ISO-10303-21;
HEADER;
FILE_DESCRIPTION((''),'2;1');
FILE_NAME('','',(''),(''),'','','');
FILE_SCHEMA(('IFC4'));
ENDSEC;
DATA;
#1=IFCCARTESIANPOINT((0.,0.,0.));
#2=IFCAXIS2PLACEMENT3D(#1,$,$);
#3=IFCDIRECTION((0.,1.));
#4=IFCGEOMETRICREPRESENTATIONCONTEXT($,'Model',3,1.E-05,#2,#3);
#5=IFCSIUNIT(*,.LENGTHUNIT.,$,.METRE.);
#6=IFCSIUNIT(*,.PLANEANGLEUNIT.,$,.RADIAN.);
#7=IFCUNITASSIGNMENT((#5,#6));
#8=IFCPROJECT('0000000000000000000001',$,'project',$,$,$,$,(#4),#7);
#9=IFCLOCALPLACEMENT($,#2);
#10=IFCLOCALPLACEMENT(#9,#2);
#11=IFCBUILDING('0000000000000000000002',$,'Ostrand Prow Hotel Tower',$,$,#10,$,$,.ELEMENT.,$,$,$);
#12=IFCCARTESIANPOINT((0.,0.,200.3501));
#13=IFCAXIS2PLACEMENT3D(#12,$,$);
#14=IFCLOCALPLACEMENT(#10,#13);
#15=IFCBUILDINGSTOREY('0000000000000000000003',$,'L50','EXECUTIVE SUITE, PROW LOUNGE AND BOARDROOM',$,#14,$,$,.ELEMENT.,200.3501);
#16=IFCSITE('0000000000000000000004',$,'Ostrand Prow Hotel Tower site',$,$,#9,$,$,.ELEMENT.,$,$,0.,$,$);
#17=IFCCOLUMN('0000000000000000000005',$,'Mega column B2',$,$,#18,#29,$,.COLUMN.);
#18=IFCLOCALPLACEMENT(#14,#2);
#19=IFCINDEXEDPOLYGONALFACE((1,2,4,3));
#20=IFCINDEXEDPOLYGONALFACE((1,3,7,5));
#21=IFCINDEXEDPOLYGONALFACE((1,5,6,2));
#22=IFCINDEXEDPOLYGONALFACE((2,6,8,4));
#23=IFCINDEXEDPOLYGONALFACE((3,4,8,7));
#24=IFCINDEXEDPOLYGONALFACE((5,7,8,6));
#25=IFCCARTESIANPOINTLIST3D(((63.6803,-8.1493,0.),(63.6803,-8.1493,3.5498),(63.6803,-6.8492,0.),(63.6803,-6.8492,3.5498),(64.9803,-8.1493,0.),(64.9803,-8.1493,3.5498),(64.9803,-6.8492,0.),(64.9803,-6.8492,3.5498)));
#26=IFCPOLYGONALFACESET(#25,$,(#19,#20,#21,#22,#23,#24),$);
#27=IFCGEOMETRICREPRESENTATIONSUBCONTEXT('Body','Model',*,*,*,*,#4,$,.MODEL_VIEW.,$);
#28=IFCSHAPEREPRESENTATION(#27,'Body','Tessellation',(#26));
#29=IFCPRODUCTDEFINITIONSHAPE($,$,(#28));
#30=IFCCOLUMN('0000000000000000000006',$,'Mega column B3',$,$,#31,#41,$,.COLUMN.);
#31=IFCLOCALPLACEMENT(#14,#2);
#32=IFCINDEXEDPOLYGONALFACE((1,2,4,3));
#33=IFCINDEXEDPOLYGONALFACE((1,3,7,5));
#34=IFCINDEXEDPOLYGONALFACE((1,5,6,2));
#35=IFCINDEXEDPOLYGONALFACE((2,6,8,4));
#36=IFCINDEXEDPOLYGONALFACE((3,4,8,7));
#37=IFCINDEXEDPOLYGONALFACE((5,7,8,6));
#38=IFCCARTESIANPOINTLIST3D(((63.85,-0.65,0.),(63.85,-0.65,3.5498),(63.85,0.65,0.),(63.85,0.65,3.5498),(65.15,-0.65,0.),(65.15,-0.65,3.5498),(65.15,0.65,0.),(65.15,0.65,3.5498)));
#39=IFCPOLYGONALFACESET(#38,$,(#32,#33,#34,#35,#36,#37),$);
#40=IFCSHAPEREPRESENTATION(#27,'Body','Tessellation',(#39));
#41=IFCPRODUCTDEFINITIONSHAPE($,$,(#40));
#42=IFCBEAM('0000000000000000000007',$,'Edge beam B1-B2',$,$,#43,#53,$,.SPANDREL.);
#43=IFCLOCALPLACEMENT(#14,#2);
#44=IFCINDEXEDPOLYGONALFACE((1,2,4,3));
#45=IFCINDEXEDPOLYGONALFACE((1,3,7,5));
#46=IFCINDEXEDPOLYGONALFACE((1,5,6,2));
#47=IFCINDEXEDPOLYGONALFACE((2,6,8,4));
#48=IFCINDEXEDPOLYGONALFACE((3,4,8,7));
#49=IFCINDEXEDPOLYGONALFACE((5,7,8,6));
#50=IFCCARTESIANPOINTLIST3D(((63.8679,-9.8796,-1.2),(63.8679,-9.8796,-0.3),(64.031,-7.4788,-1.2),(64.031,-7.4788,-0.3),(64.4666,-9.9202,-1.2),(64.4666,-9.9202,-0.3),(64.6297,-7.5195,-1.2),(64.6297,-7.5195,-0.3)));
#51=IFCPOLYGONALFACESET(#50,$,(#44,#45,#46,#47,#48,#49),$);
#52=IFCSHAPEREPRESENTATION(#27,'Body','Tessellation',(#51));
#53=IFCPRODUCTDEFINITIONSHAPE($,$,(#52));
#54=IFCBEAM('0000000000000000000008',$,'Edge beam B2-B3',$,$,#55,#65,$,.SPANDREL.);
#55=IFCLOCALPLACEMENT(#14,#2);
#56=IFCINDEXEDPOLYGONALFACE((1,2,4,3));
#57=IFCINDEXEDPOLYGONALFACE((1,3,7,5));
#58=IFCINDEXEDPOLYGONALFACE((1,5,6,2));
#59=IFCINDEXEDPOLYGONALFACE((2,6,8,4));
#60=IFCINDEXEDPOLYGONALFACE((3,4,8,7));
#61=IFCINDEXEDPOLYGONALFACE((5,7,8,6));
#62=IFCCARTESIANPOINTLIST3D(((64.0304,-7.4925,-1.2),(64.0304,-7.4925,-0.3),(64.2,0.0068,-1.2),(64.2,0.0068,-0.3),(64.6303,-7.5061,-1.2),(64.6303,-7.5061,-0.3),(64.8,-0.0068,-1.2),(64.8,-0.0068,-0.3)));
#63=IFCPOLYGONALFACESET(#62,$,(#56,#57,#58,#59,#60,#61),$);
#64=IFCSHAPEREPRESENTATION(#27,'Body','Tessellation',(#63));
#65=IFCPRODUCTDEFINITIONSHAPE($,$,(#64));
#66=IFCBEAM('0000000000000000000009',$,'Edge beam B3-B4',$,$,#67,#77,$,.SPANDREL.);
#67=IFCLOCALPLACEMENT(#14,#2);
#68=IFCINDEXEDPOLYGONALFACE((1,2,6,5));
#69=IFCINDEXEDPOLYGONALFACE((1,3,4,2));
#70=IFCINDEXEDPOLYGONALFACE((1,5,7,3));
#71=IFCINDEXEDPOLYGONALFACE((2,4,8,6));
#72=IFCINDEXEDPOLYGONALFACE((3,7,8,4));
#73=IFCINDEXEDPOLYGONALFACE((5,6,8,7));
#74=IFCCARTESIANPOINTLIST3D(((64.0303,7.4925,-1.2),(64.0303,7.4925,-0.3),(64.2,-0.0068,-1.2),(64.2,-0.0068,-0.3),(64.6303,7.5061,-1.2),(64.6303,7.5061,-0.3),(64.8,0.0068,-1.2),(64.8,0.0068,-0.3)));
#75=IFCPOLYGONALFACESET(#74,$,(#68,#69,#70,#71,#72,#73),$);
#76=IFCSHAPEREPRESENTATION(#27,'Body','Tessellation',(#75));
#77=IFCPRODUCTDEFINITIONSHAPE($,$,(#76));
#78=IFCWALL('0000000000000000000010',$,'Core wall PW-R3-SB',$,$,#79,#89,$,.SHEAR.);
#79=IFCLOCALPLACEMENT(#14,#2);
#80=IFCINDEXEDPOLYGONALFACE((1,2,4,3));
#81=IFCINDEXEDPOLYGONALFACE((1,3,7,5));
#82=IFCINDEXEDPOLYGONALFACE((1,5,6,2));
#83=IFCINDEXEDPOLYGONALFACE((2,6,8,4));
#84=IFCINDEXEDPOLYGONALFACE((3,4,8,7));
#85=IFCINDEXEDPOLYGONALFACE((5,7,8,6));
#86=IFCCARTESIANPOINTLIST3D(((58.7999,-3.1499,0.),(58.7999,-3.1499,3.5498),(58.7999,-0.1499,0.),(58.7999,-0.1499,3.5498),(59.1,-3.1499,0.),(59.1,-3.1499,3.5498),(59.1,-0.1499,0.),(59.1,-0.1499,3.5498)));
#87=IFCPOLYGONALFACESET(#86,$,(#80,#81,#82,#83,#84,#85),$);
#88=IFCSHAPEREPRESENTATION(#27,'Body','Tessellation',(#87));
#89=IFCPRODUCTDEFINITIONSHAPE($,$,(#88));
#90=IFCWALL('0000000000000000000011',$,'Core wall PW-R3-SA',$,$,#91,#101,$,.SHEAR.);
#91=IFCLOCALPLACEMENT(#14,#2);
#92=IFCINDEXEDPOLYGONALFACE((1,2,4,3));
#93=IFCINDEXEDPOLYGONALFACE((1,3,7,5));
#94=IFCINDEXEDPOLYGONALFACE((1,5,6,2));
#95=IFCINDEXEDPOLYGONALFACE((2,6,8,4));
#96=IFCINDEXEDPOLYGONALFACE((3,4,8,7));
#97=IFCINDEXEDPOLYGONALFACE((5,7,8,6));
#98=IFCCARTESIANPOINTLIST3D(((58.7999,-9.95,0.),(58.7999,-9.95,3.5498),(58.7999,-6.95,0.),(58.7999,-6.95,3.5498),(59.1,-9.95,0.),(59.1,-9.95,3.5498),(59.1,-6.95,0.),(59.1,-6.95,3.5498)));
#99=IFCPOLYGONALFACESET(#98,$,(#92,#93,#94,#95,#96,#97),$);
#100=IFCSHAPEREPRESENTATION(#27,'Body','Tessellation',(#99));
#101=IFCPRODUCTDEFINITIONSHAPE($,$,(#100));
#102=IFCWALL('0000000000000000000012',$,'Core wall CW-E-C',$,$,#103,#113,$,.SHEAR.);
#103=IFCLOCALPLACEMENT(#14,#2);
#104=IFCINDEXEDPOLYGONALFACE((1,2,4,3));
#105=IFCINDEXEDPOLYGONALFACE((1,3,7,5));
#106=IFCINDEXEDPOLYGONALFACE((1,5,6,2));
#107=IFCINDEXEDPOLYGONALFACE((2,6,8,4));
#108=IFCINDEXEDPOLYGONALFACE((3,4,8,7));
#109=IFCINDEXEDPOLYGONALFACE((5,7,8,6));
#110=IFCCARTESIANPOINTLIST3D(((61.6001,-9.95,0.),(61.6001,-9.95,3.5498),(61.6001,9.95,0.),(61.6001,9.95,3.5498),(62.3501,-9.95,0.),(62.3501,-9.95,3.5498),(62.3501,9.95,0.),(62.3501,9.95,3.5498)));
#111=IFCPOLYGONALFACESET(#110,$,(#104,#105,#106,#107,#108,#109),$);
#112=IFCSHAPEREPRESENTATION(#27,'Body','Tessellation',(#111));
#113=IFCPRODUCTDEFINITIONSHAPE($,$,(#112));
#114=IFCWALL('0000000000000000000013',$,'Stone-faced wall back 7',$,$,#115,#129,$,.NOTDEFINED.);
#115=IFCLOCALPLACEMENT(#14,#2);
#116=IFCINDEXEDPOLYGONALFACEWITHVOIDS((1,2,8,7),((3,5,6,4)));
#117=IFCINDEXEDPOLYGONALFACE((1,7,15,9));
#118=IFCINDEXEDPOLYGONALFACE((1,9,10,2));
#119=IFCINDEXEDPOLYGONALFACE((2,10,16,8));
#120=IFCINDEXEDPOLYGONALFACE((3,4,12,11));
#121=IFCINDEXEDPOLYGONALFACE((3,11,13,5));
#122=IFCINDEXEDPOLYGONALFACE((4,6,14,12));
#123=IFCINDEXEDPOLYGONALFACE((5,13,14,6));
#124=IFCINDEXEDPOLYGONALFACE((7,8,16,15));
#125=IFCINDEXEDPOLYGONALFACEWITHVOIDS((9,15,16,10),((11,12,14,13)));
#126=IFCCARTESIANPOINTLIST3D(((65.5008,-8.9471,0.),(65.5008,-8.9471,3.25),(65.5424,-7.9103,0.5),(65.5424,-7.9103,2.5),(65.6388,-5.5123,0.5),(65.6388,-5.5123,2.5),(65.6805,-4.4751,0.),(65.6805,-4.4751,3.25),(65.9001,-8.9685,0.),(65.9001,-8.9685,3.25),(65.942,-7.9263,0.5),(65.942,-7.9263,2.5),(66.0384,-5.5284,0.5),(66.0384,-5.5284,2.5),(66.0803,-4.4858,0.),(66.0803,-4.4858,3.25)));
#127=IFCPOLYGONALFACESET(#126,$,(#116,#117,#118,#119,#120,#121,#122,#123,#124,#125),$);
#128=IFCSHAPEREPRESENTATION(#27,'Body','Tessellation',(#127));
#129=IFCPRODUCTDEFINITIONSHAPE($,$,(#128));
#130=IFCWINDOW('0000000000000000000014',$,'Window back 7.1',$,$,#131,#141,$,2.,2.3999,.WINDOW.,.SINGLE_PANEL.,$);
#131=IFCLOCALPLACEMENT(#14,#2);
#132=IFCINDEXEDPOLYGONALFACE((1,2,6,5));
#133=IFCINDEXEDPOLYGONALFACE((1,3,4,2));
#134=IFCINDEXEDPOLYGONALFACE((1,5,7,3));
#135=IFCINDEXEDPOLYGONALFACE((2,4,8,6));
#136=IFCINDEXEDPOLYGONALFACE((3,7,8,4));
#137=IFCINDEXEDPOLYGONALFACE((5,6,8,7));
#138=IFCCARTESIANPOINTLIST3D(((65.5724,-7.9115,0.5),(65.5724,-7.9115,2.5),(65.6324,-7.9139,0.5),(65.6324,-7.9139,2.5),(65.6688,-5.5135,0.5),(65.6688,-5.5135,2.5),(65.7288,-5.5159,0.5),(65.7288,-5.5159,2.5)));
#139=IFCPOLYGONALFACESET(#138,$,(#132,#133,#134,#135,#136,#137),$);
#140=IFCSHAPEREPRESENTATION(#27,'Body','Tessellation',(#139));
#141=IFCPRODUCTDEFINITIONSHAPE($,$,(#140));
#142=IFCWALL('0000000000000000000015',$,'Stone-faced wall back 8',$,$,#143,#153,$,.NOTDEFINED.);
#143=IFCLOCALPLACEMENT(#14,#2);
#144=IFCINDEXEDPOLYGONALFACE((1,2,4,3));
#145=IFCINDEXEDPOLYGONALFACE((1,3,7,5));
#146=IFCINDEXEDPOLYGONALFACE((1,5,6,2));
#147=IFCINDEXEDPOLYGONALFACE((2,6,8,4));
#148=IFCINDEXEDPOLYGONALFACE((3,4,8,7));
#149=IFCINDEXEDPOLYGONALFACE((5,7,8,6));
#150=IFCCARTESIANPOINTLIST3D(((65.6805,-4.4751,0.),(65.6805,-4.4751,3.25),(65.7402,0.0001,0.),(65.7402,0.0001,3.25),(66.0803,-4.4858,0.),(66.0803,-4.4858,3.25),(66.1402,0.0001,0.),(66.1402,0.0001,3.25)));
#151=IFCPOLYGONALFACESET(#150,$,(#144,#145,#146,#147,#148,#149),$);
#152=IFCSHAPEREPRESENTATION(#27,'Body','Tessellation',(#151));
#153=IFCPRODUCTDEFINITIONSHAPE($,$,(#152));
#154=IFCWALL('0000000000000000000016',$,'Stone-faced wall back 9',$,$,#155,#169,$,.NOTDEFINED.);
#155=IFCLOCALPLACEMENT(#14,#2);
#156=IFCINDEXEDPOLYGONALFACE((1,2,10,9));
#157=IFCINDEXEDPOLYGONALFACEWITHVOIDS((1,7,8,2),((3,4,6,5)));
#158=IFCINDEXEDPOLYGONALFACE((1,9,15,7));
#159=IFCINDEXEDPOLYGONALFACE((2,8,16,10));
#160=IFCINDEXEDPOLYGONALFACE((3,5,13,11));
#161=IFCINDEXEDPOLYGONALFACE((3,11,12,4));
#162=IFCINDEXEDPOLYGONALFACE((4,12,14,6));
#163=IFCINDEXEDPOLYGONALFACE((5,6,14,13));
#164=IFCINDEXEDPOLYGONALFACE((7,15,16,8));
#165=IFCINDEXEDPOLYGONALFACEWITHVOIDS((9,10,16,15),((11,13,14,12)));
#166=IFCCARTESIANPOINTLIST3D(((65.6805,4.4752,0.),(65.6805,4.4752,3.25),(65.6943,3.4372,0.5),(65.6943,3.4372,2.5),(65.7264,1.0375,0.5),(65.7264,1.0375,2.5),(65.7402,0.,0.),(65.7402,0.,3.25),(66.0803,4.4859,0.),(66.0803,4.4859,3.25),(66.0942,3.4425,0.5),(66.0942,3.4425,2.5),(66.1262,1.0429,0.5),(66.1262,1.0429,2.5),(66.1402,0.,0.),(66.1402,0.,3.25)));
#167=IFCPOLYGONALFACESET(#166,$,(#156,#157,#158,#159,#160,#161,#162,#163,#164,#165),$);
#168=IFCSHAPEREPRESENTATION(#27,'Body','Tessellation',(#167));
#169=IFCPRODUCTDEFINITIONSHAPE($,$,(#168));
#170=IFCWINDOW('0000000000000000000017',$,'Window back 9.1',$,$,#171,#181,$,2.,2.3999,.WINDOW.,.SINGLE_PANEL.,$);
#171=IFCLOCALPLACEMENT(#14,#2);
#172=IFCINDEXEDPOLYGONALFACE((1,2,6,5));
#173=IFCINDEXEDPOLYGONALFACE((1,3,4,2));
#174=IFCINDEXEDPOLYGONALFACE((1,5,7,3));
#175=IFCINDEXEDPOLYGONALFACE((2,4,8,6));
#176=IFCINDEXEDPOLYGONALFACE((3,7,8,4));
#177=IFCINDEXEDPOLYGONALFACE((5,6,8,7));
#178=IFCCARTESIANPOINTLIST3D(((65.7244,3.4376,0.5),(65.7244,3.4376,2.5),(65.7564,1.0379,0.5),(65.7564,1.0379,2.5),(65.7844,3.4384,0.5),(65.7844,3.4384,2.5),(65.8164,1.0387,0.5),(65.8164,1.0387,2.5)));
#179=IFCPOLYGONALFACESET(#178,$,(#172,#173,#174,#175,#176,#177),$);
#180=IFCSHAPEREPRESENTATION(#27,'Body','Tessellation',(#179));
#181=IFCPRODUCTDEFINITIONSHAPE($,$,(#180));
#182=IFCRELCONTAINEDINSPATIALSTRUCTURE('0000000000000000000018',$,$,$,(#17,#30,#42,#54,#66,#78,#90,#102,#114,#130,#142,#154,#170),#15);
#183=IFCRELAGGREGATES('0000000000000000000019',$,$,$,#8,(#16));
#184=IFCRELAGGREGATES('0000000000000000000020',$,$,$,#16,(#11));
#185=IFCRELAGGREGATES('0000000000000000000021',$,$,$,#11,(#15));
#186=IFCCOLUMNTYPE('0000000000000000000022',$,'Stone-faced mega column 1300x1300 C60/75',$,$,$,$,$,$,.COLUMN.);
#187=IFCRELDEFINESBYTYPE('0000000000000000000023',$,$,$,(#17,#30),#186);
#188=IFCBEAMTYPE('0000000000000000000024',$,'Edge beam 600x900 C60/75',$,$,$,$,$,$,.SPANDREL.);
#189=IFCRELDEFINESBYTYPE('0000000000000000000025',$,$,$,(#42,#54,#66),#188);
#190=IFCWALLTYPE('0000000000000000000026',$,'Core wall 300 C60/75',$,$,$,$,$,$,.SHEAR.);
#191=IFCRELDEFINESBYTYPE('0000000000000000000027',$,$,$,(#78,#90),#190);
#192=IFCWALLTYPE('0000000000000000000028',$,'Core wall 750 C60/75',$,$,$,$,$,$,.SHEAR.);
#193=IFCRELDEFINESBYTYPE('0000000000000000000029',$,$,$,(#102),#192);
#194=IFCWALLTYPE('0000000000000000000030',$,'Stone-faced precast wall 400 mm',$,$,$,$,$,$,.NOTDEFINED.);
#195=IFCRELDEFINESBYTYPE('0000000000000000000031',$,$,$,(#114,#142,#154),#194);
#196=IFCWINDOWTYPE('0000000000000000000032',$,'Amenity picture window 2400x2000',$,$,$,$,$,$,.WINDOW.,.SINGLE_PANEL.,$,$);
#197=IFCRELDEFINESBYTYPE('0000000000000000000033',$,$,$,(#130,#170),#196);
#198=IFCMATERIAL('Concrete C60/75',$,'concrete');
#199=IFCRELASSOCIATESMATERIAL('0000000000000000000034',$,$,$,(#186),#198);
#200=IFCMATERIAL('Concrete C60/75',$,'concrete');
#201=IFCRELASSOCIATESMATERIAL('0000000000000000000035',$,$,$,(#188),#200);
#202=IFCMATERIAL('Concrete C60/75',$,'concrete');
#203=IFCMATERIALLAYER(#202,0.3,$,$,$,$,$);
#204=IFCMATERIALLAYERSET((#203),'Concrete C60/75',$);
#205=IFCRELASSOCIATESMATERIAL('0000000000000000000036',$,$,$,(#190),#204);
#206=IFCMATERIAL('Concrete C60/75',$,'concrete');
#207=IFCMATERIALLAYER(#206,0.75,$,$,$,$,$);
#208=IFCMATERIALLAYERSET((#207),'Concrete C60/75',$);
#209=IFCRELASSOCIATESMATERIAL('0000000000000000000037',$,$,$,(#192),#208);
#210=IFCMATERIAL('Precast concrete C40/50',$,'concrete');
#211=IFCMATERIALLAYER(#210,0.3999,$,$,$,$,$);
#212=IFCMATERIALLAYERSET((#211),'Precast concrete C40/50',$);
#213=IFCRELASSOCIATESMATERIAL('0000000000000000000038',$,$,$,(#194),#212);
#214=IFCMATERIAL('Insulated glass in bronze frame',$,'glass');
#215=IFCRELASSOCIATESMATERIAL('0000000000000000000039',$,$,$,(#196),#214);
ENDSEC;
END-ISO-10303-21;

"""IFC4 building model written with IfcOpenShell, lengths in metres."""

from ifc_helpers import new_model, si_unit, direction, frame, frame_2d, origin, origin_2d, place, context, subcontext, project, spatial, polyline, rectangle, outline, extrude, material, layer, layer_set, material_profile, profile_set, type_object, element, fill, save


model = new_model("IFC4")

# Units and contexts
model_context = context("Model", 3, precision=1e-05, world=origin(), true_north=direction((0.0, 1.0)))
body_context = subcontext(model_context, "Body", "Model", "MODEL_VIEW")
ifc_project = project(units=[si_unit("LENGTHUNIT", "METRE"), si_unit("PLANEANGLEUNIT", "RADIAN")], contexts=[model_context])

# Site, building, storey
site_placement = place(None, origin())
site = spatial("IfcSite", under=ifc_project, at=site_placement, Name="Ostrand Prow Hotel Tower site", CompositionType="ELEMENT", RefElevation=0.0)
building_placement = place(site_placement, origin())
building = spatial("IfcBuilding", under=site, at=building_placement, Name="Ostrand Prow Hotel Tower", CompositionType="ELEMENT")
storey_placement = place(building_placement, frame((0.0, 0.0, 200.3501)))
storey = spatial("IfcBuildingStorey", under=building, at=storey_placement, Name="L50", Description="EXECUTIVE SUITE, PROW LOUNGE AND BOARDROOM", CompositionType="ELEMENT", Elevation=200.3501)

# Columns
ifc_material_1 = material(Name="Concrete C60/75", Category="concrete")
ifc_material_profile_1 = material_profile(ifc_material_1, rectangle(XDim=1.3, YDim=1.3, at=origin_2d()), Name="RC 1300x1300")
ifc_profile_set_1 = profile_set([ifc_material_profile_1], Name="Concrete C60/75")
column_type = type_object("IfcColumnType", Name="Stone-faced mega column 1300x1300 C60/75", PredefinedType="COLUMN", material=ifc_profile_set_1)
for number, where, z_axis, x_axis, name in (
    (1, (64.3303, -7.4993, 0.0), (0.0, 0.0, 1.0), (1.0, 0.0, 0.0), "Mega column B2"),
    (2, (64.5, 0.0, 0.0), (0.0, 0.0, 1.0), (1.0, 0.0, 0.0), "Mega column B3"),
):
    element("IfcColumn", number, at=place(storey_placement, frame(where, z_axis=z_axis, x_axis=x_axis)), inside=storey, type_object=column_type, Name=name, PredefinedType="COLUMN", context=body_context, shape_type="SweptSolid", body=[
        extrude(rectangle(XDim=1.3, YDim=1.3, at=origin_2d()), origin(), (0.0, 0.0, 1.0), 3.5498),
    ])

# Beams
ifc_material_2 = material(Name="Concrete C60/75", Category="concrete")
ifc_material_profile_2 = material_profile(ifc_material_2, rectangle(XDim=0.6001, YDim=0.8999, at=origin_2d()), Name="RC 600x900")
ifc_profile_set_2 = profile_set([ifc_material_profile_2], Name="Concrete C60/75")
beam_type = type_object("IfcBeamType", Name="Edge beam 600x900 C60/75", PredefinedType="SPANDREL", material=ifc_profile_set_2)
beam_placement = place(storey_placement, frame((64.1672, -9.8999, -0.75), z_axis=(0.067778, 0.9977, 0.0), x_axis=(-0.9977, 0.067778, 0.0)))
element("IfcBeam", 3, at=beam_placement, inside=storey, type_object=beam_type, Name="Edge beam B1-B2", PredefinedType="SPANDREL", context=body_context, shape_type="SweptSolid", body=[
    extrude(rectangle(XDim=0.6001, YDim=0.8999, at=origin_2d()), origin(), (0.0, 0.0, 1.0), 2.4062),
])
for number, where, z_axis, x_axis, name in (
    (4, (64.3303, -7.4993, -0.75), (0.02262, 0.999744, 0.0), (-0.999744, 0.02262, 0.0), "Edge beam B2-B3"),
    (5, (64.5, 0.0, -0.75), (-0.02262, 0.999744, 0.0), (-0.999744, -0.02262, 0.0), "Edge beam B3-B4"),
):
    element("IfcBeam", number, at=place(storey_placement, frame(where, z_axis=z_axis, x_axis=x_axis)), inside=storey, type_object=beam_type, Name=name, PredefinedType="SPANDREL", context=body_context, shape_type="SweptSolid", body=[
        extrude(rectangle(XDim=0.6001, YDim=0.8999, at=origin_2d()), origin(), (0.0, 0.0, 1.0), 7.5012),
    ])

# Walls
ifc_material_3 = material(Name="Concrete C60/75", Category="concrete")
ifc_layer_1 = layer(ifc_material_3, 0.3)
ifc_layer_set_1 = layer_set([ifc_layer_1], Name="Concrete C60/75")
wall_type_1 = type_object("IfcWallType", Name="Core wall 300 C60/75", PredefinedType="SHEAR", material=ifc_layer_set_1)
for number, where, z_axis, x_axis, name in (
    (6, (58.95, -3.1499, 0.0), (0.0, 0.0, 1.0), (0.0, 1.0, 0.0), "Core wall PW-R3-SB"),
    (7, (58.95, -9.95, 0.0), (0.0, 0.0, 1.0), (0.0, 1.0, 0.0), "Core wall PW-R3-SA"),
):
    element("IfcWall", number, at=place(storey_placement, frame(where, z_axis=z_axis, x_axis=x_axis)), inside=storey, type_object=wall_type_1, Name=name, PredefinedType="SHEAR", context=body_context, shape_type="SweptSolid", body=[
        extrude(rectangle(XDim=3.0, YDim=0.3, at=frame_2d((1.5, 0.0))), origin(), (0.0, 0.0, 1.0), 3.5498),
    ])
ifc_material_4 = material(Name="Concrete C60/75", Category="concrete")
ifc_layer_2 = layer(ifc_material_4, 0.75)
ifc_layer_set_2 = layer_set([ifc_layer_2], Name="Concrete C60/75")
wall_type_2 = type_object("IfcWallType", Name="Core wall 750 C60/75", PredefinedType="SHEAR", material=ifc_layer_set_2)
wall_1_placement = place(storey_placement, frame((61.9751, -9.95, 0.0), z_axis=(0.0, 0.0, 1.0), x_axis=(0.0, 1.0, 0.0)))
element("IfcWall", 8, at=wall_1_placement, inside=storey, type_object=wall_type_2, Name="Core wall CW-E-C", PredefinedType="SHEAR", context=body_context, shape_type="SweptSolid", body=[
    extrude(rectangle(XDim=19.8999, YDim=0.75, at=frame_2d((9.95, 0.0))), origin(), (0.0, 0.0, 1.0), 3.5498),
])

# Wall, opening, window
ifc_material_5 = material(Name="Precast concrete C40/50", Category="concrete")
ifc_layer_3 = layer(ifc_material_5, 0.3999)
ifc_layer_set_3 = layer_set([ifc_layer_3], Name="Precast concrete C40/50")
wall_type_3 = type_object("IfcWallType", Name="Stone-faced precast wall 400 mm", PredefinedType="NOTDEFINED", material=ifc_layer_set_3)
wall_2_placement = place(storey_placement, frame((65.7004, -8.9578, 0.0), z_axis=(0.0, 0.0, 1.0), x_axis=(0.040155, 0.999193, 0.0)))
wall_2 = element("IfcWall", 9, at=wall_2_placement, inside=storey, type_object=wall_type_3, Name="Stone-faced wall back 7", PredefinedType="NOTDEFINED", context=body_context, shape_type="SweptSolid", body=[
    extrude(outline(polyline([(-0.0027, -0.2), (4.4836, -0.2), (4.4783, 0.2), (0.0027, 0.2), (-0.0027, -0.2)])), origin(), (0.0, 0.0, 1.0), 3.25),
])
opening_1_placement = place(wall_2_placement, frame((1.0403, 0.0, 0.5)))
opening_1 = element("IfcOpeningElement", 10, at=opening_1_placement, cuts=wall_2, PredefinedType="OPENING", context=body_context, shape_type="SweptSolid", body=[
    extrude(rectangle(XDim=2.3999, YDim=2.0, at=frame_2d((1.2, 1.0))), frame((0.0, 0.21, 0.0), z_axis=(0.0, -1.0, 0.0), x_axis=(1.0, 0.0, 0.0)), (0.0, 0.0, 1.0), 0.4199),
])
ifc_material_6 = material(Name="Insulated glass in bronze frame", Category="glass")
window_type = type_object("IfcWindowType", Name="Amenity picture window 2400x2000", PartitioningType="SINGLE_PANEL", PredefinedType="WINDOW", material=ifc_material_6)
window_1_placement = place(opening_1_placement, origin())
window_1 = element("IfcWindow", 11, at=window_1_placement, inside=storey, type_object=window_type, Name="Window back 7.1", OverallHeight=2.0, OverallWidth=2.3999, PartitioningType="SINGLE_PANEL", PredefinedType="WINDOW", context=body_context, shape_type="SweptSolid", body=[
    extrude(rectangle(XDim=2.3999, YDim=2.0, at=frame_2d((1.2, 1.0))), frame((0.0, 0.1699, 0.0), z_axis=(0.0, -1.0, 0.0), x_axis=(1.0, 0.0, 0.0)), (0.0, 0.0, 1.0), 0.0601),
])
fill(opening_1, window_1)

# Wall
wall_3_placement = place(storey_placement, frame((65.8804, -4.4805, 0.0), z_axis=(0.0, 0.0, 1.0), x_axis=(0.013349, 0.999911, 0.0)))
element("IfcWall", 12, at=wall_3_placement, inside=storey, type_object=wall_type_3, Name="Stone-faced wall back 8", PredefinedType="NOTDEFINED", context=body_context, shape_type="SweptSolid", body=[
    extrude(outline(polyline([(-0.0027, -0.2), (4.4836, -0.2), (4.4783, 0.2), (0.0027, 0.2), (-0.0027, -0.2)])), origin(), (0.0, 0.0, 1.0), 3.25),
])

# Wall, opening, window
wall_4_placement = place(storey_placement, frame((65.9402, 0.0, 0.0), z_axis=(0.0, 0.0, 1.0), x_axis=(-0.013349, 0.999911, 0.0)))
wall_4 = element("IfcWall", 13, at=wall_4_placement, inside=storey, type_object=wall_type_3, Name="Stone-faced wall back 9", PredefinedType="NOTDEFINED", context=body_context, shape_type="SweptSolid", body=[
    extrude(outline(polyline([(-0.0027, -0.2), (4.4836, -0.2), (4.4783, 0.2), (0.0027, 0.2), (-0.0027, -0.2)])), origin(), (0.0, 0.0, 1.0), 3.25),
])
opening_2_placement = place(wall_4_placement, frame((1.0403, 0.0, 0.5)))
opening_2 = element("IfcOpeningElement", 14, at=opening_2_placement, cuts=wall_4, PredefinedType="OPENING", context=body_context, shape_type="SweptSolid", body=[
    extrude(rectangle(XDim=2.3999, YDim=2.0, at=frame_2d((1.2, 1.0))), frame((0.0, 0.21, 0.0), z_axis=(0.0, -1.0, 0.0), x_axis=(1.0, 0.0, 0.0)), (0.0, 0.0, 1.0), 0.4199),
])
window_2_placement = place(opening_2_placement, origin())
window_2 = element("IfcWindow", 15, at=window_2_placement, inside=storey, type_object=window_type, Name="Window back 9.1", OverallHeight=2.0, OverallWidth=2.3999, PartitioningType="SINGLE_PANEL", PredefinedType="WINDOW", context=body_context, shape_type="SweptSolid", body=[
    extrude(rectangle(XDim=2.3999, YDim=2.0, at=frame_2d((1.2, 1.0))), frame((0.0, 0.1699, 0.0), z_axis=(0.0, -1.0, 0.0), x_axis=(1.0, 0.0, 0.0)), (0.0, 0.0, 1.0), 0.0601),
])
fill(opening_2, window_2)

save(model, "model.ifc")
